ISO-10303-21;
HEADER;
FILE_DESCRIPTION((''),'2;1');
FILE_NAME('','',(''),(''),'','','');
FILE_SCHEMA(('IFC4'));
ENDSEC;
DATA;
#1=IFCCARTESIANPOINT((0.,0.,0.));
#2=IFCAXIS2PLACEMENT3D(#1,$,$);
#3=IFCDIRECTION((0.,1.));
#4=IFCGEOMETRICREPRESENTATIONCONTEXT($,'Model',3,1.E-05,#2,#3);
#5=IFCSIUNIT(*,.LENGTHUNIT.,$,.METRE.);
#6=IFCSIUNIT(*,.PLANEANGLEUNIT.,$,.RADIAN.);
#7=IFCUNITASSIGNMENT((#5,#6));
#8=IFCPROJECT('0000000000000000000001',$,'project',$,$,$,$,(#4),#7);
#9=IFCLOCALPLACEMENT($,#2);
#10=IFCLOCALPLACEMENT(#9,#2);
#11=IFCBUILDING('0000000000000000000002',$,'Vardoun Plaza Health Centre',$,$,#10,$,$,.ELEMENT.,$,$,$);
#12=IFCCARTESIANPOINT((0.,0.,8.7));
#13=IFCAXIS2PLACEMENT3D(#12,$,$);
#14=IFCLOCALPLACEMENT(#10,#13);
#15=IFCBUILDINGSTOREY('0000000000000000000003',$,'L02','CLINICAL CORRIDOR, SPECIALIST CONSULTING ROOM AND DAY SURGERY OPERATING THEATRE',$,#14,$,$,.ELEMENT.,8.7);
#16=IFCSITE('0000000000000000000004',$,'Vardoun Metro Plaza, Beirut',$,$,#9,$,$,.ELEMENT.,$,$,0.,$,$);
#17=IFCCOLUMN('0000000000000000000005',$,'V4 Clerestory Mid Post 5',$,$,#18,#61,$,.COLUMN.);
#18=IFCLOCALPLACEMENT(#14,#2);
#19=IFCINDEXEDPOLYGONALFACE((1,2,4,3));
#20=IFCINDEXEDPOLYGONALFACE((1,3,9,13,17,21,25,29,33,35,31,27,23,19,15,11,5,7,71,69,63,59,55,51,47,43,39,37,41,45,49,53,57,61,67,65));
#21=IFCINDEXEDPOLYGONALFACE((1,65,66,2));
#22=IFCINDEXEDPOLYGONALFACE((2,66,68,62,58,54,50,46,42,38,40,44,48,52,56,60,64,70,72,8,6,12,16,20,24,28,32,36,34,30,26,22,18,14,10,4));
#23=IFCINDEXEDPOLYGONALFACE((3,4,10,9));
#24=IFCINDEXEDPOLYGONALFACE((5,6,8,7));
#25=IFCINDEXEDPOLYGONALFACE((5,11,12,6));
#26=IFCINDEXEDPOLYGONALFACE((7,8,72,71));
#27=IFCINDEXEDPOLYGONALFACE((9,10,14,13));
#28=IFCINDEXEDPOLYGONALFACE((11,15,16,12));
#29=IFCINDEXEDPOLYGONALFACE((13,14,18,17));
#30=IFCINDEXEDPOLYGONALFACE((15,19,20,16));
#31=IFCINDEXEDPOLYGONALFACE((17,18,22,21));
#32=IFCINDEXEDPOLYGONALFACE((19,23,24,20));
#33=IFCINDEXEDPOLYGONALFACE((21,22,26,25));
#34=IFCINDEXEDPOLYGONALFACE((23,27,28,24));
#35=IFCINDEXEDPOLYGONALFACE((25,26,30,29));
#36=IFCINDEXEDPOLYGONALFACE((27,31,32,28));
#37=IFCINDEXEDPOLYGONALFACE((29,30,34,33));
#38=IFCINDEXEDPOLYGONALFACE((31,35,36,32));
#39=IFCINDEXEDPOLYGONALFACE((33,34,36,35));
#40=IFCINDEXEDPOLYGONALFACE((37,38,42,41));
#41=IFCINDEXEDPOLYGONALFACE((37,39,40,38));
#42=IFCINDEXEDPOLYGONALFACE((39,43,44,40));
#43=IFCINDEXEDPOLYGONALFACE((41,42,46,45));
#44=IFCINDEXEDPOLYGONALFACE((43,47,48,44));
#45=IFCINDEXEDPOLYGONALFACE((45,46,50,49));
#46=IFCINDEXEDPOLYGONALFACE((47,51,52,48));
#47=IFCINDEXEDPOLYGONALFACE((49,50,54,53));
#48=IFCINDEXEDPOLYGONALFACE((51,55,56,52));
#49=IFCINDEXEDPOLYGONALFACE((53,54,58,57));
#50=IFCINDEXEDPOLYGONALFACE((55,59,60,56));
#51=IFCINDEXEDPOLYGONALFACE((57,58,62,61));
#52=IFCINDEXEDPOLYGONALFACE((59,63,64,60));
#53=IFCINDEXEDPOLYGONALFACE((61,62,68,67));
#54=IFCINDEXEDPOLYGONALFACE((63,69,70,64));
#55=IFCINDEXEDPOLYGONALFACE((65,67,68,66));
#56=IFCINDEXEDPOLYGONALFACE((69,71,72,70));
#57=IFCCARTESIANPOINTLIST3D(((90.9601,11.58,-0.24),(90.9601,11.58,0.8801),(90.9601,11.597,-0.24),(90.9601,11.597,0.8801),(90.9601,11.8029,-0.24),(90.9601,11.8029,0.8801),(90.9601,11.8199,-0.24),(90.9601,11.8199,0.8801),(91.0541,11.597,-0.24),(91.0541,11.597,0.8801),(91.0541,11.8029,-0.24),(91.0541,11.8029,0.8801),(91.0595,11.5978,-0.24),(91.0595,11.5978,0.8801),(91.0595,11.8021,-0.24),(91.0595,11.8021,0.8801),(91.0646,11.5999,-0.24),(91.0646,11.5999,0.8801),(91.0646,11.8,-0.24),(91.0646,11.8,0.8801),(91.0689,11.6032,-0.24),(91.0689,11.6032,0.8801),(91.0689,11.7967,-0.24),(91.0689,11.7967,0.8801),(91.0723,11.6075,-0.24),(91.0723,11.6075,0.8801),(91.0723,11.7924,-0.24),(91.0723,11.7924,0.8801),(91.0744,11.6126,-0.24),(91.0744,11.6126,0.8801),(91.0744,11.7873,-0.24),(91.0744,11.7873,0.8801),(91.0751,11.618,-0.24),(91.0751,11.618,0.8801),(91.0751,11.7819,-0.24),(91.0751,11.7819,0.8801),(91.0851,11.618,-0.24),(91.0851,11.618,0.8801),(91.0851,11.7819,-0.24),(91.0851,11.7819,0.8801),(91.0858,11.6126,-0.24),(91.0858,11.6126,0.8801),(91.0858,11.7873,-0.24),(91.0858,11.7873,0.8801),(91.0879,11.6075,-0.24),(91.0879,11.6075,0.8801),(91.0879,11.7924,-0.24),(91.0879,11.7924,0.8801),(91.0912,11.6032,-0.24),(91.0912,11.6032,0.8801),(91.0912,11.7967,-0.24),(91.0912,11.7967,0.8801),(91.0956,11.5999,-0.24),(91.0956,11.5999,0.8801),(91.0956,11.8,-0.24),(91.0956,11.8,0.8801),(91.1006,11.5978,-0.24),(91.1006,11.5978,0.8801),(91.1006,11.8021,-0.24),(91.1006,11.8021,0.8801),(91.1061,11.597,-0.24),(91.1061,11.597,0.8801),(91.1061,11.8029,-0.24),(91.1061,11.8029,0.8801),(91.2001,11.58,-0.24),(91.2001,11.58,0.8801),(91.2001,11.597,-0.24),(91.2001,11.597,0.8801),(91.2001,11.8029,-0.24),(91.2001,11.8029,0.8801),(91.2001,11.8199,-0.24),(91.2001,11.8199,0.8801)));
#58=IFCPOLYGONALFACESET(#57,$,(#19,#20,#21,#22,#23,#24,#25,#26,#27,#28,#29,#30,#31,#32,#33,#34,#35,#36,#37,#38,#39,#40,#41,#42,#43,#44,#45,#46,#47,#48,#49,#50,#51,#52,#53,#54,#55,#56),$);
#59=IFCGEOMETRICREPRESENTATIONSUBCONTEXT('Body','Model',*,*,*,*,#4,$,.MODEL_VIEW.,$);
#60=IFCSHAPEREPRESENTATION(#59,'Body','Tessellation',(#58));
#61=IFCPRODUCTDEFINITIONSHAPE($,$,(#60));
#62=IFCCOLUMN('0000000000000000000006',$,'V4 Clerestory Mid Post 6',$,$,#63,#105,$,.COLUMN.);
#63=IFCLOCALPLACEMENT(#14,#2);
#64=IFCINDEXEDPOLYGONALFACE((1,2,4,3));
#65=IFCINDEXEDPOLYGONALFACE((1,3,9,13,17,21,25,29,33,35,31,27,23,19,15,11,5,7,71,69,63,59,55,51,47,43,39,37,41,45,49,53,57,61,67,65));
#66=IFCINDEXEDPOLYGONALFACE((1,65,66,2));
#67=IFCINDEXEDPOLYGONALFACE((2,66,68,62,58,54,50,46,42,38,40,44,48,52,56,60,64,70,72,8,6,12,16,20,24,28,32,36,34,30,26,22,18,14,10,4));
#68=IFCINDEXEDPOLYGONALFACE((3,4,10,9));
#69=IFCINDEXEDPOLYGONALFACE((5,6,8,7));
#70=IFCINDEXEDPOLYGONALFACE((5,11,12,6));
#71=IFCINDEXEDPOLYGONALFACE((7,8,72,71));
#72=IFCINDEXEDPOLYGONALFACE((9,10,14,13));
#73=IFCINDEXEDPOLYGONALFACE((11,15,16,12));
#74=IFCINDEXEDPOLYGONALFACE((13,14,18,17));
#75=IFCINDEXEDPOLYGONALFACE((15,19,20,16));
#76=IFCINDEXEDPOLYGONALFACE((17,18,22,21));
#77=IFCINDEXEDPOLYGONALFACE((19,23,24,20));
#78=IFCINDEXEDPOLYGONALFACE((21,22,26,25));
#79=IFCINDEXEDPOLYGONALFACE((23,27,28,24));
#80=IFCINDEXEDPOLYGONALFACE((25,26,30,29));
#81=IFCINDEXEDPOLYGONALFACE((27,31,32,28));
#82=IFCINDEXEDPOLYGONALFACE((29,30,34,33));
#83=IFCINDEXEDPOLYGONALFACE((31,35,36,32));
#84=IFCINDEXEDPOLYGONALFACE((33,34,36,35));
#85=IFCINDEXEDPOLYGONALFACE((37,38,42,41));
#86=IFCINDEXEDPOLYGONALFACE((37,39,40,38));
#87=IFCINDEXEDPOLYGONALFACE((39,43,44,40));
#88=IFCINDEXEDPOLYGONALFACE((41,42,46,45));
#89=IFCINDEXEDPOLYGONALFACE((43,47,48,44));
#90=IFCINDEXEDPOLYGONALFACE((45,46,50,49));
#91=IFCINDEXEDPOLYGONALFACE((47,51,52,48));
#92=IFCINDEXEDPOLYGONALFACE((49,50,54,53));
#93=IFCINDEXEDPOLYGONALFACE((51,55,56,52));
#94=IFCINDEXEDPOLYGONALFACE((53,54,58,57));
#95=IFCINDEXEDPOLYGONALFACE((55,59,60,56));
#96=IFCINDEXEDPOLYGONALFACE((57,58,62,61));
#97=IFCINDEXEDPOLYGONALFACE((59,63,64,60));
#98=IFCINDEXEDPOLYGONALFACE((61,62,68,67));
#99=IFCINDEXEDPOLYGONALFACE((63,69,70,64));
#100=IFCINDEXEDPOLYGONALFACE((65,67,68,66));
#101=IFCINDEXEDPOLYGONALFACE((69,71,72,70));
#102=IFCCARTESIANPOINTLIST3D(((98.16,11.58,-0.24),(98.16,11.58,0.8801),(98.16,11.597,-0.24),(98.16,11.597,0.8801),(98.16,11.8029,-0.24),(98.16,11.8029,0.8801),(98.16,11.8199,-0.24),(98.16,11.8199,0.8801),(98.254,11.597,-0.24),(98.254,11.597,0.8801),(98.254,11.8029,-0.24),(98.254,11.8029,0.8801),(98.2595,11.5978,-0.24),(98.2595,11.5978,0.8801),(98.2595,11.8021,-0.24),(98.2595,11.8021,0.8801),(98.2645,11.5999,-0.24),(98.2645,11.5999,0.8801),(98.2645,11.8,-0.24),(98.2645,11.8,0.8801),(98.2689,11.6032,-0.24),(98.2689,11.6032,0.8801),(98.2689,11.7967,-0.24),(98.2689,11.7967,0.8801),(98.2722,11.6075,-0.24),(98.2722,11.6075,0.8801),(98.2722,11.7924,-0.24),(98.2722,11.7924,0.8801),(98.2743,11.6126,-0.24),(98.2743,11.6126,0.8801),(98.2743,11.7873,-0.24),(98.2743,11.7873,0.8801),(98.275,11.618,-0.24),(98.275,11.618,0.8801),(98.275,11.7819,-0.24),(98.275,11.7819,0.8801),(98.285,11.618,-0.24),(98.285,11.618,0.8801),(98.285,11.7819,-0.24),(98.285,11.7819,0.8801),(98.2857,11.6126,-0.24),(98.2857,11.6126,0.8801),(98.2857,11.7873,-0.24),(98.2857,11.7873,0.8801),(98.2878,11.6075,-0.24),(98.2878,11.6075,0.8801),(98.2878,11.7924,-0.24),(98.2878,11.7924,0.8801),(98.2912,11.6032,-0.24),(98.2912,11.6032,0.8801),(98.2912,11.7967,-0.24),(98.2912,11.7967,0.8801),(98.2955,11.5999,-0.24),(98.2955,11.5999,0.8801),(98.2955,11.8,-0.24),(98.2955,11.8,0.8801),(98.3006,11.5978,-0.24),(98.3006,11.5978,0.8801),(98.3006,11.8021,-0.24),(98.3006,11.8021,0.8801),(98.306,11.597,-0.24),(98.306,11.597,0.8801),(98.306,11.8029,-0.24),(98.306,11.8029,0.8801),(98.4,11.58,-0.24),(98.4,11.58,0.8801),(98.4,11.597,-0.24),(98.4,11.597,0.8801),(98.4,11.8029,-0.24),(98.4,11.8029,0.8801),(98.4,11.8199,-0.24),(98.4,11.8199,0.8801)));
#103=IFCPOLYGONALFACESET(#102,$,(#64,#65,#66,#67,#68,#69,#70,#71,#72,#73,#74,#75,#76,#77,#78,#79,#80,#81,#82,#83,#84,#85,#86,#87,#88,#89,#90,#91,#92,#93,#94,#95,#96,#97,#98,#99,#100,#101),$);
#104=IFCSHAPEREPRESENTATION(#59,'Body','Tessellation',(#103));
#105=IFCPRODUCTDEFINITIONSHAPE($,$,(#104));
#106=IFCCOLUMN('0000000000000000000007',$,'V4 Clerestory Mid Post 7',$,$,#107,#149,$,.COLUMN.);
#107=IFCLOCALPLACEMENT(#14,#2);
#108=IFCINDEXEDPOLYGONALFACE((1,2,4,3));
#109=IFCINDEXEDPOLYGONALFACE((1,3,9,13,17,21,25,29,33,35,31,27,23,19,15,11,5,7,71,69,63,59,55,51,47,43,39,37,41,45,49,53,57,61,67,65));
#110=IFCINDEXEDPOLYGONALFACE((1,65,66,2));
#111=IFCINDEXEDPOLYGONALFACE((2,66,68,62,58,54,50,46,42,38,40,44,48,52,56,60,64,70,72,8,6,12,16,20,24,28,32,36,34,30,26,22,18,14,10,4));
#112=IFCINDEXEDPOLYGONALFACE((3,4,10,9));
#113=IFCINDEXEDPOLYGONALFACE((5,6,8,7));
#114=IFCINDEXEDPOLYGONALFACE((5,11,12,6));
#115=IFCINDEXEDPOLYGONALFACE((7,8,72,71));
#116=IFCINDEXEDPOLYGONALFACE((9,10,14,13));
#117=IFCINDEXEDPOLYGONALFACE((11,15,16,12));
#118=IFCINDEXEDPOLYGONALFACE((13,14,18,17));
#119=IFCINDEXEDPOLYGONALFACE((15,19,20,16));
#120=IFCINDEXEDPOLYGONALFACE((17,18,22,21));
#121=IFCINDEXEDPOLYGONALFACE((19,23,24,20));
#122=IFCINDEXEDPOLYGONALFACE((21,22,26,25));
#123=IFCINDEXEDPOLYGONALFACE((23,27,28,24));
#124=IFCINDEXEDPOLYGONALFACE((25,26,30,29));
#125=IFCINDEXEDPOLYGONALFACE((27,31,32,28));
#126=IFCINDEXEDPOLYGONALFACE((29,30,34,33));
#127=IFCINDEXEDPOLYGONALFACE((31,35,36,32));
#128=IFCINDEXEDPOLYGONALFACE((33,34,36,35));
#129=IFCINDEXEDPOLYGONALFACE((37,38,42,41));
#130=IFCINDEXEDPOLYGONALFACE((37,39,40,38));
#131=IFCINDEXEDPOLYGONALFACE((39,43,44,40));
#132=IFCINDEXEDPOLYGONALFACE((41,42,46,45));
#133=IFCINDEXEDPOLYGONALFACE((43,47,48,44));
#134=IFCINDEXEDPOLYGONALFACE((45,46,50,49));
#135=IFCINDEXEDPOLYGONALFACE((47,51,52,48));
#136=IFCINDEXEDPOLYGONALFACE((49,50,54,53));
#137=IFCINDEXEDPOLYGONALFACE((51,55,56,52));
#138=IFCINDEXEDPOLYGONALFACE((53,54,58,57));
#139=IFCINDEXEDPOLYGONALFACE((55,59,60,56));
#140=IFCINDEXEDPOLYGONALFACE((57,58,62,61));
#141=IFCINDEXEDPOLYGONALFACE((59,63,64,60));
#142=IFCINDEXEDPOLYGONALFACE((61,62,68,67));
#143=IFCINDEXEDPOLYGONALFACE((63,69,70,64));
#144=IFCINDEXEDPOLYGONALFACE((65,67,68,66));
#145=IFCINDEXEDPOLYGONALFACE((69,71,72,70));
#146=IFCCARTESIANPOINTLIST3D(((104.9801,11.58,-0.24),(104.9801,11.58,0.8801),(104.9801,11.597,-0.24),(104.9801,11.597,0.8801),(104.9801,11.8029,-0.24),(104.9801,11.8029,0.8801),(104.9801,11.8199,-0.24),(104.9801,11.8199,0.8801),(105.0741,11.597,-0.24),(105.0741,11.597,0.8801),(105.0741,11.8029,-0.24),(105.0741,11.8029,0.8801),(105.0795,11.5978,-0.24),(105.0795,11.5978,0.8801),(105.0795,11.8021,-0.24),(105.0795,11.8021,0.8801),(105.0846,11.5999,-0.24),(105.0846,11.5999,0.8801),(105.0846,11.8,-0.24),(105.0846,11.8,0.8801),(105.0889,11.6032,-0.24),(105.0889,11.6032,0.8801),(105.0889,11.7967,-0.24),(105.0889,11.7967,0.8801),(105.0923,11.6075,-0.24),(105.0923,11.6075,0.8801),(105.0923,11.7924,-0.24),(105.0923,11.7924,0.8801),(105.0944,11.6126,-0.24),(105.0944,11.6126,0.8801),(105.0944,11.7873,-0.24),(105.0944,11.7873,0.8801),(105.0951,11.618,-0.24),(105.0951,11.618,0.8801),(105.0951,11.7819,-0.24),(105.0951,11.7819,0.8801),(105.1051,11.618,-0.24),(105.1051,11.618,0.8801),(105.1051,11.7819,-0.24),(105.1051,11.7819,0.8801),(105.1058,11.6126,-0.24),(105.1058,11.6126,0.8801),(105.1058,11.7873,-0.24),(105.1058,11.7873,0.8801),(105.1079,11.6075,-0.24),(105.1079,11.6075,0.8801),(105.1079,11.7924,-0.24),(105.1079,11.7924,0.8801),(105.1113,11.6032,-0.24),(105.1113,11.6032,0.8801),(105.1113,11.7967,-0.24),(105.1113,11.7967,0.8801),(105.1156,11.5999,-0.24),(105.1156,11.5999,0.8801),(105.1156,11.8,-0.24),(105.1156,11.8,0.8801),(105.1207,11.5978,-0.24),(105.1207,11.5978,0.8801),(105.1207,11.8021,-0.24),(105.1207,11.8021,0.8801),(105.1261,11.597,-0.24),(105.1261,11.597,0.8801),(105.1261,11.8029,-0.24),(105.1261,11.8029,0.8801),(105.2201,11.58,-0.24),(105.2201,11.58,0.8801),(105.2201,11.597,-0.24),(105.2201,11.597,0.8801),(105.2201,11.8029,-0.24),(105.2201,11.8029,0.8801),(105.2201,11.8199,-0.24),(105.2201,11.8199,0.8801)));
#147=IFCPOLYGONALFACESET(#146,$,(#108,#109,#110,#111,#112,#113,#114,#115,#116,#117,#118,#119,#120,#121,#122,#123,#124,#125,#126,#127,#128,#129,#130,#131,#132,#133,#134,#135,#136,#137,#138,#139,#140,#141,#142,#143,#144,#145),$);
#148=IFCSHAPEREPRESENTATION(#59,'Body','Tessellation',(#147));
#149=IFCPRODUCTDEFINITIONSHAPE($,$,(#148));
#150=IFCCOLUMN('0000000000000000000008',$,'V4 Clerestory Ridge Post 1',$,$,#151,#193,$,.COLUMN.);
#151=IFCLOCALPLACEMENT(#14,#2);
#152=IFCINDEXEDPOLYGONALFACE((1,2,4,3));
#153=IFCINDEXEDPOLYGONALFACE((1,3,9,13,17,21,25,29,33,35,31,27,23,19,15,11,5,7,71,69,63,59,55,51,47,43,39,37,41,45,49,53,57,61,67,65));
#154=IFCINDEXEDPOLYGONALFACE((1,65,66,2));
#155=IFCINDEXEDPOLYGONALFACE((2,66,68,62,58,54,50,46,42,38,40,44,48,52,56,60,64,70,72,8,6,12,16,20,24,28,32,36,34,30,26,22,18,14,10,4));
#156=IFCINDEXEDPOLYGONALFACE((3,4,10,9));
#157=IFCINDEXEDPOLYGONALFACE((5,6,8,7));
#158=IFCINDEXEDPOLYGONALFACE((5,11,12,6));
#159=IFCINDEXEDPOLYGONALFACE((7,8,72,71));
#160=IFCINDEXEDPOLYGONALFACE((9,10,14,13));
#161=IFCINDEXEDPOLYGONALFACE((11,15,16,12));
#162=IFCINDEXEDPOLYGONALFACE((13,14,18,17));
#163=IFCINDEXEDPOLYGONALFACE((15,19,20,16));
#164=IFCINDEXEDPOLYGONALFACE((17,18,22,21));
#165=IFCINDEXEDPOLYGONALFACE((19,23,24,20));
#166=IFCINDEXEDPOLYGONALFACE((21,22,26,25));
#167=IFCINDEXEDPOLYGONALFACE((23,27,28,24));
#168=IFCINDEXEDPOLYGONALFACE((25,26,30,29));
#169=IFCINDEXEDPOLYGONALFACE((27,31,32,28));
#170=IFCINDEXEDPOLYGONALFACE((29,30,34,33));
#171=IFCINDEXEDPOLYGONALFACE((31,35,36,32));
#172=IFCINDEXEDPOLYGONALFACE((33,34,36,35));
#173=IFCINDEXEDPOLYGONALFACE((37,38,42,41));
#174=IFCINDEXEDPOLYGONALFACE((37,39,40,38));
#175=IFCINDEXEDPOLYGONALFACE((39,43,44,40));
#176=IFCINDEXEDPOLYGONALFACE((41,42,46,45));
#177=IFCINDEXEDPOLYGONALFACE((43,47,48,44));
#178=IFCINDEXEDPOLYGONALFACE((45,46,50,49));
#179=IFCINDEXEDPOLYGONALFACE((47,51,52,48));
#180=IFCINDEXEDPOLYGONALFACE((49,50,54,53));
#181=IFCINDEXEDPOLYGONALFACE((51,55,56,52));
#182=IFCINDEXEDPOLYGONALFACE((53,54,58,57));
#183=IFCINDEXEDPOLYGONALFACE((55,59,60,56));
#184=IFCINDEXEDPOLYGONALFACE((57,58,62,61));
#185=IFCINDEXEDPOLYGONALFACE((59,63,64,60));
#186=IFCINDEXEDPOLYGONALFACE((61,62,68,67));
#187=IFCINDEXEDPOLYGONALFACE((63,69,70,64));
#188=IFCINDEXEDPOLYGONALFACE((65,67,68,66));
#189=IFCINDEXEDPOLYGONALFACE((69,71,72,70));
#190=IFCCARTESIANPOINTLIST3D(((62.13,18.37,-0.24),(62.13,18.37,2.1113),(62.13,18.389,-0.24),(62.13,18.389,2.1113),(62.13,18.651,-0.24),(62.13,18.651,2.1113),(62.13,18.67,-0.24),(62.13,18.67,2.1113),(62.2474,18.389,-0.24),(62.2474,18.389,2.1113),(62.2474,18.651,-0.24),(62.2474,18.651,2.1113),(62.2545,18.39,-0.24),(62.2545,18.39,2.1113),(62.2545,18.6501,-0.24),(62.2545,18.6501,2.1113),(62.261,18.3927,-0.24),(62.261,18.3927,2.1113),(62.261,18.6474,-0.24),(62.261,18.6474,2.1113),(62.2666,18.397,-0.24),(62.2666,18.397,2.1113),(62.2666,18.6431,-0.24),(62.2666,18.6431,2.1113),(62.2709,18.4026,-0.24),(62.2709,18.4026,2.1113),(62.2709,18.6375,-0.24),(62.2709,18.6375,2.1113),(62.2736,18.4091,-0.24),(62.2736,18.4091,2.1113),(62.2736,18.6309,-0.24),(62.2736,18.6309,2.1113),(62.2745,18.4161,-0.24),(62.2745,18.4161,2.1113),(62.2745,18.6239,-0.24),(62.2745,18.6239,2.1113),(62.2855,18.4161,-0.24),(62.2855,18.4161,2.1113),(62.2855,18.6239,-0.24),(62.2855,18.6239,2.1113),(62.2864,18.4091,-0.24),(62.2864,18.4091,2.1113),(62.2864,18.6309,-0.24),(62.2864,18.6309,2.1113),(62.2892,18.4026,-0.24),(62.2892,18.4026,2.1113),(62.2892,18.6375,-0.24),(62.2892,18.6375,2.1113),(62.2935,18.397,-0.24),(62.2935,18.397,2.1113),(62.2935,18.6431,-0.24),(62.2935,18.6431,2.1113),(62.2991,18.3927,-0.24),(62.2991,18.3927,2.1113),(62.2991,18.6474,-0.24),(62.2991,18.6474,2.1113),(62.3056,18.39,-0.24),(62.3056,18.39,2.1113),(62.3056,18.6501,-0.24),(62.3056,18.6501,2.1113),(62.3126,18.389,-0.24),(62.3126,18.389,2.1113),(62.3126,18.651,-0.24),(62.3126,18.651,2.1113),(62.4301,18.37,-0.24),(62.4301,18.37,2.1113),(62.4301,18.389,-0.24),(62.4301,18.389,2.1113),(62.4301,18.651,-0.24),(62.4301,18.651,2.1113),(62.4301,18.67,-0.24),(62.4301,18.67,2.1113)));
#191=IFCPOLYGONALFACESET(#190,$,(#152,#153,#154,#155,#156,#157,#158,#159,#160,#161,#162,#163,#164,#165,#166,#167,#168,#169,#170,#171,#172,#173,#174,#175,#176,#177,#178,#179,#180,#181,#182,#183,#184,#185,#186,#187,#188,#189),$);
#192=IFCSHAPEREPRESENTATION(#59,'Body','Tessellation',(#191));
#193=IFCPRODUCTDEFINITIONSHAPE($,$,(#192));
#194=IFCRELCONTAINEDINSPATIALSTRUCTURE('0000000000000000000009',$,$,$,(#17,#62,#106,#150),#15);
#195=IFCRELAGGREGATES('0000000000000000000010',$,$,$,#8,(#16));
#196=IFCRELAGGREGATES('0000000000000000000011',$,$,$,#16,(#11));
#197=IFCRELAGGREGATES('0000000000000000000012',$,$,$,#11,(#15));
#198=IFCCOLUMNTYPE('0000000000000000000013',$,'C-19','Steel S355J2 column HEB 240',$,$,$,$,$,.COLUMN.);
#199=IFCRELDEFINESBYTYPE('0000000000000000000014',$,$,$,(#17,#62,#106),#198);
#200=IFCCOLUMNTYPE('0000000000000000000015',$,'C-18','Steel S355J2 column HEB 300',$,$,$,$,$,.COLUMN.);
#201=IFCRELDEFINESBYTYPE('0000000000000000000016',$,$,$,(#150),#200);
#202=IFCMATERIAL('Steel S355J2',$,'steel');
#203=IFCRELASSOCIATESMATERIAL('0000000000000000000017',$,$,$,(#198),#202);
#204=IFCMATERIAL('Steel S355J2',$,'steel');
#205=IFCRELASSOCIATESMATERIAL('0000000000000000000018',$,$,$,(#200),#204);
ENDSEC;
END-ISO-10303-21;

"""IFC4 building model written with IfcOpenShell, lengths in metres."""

from ifc_helpers import new_model, si_unit, direction, frame, origin, origin_2d, place, context, subcontext, project, spatial, i_section, extrude, material, material_profile, profile_set, type_object, element, save


model = new_model("IFC4")

# Units and contexts
model_context = context("Model", 3, precision=1e-05, world=origin(), true_north=direction((0.0, 1.0)))
body_context = subcontext(model_context, "Body", "Model", "MODEL_VIEW")
ifc_project = project(units=[si_unit("LENGTHUNIT", "METRE"), si_unit("PLANEANGLEUNIT", "RADIAN")], contexts=[model_context])

# Site, building, storey
site_placement = place(None, origin())
site = spatial("IfcSite", under=ifc_project, at=site_placement, Name="Vardoun Metro Plaza, Beirut", CompositionType="ELEMENT", RefElevation=0.0)
building_placement = place(site_placement, origin())
building = spatial("IfcBuilding", under=site, at=building_placement, Name="Vardoun Plaza Health Centre", CompositionType="ELEMENT")
storey_placement = place(building_placement, frame((0.0, 0.0, 8.7)))
storey = spatial("IfcBuildingStorey", under=building, at=storey_placement, Name="L02", Description="CLINICAL CORRIDOR, SPECIALIST CONSULTING ROOM AND DAY SURGERY OPERATING THEATRE", CompositionType="ELEMENT", Elevation=8.7)

# Columns
ifc_material_1 = material(Name="Steel S355J2", Category="steel")
ifc_material_profile_1 = material_profile(ifc_material_1, i_section(OverallWidth=0.24, OverallDepth=0.24, WebThickness=0.01, FlangeThickness=0.0171, FilletRadius=0.021, at=origin_2d()), Name="HEB 240")
ifc_profile_set_1 = profile_set([ifc_material_profile_1], Name="Steel S355J2")
column_type_1 = type_object("IfcColumnType", Name="C-19", Description="Steel S355J2 column HEB 240", PredefinedType="COLUMN", material=ifc_profile_set_1)
for number, where, z_axis, x_axis, name in (
    (1, (91.0801, 11.7, -0.24), (0.0, 0.0, 1.0), (1.0, 0.0, 0.0), "V4 Clerestory Mid Post 5"),
    (2, (98.28, 11.7, -0.24), (0.0, 0.0, 1.0), (1.0, 0.0, 0.0), "V4 Clerestory Mid Post 6"),
    (3, (105.1001, 11.7, -0.24), (0.0, 0.0, 1.0), (1.0, 0.0, 0.0), "V4 Clerestory Mid Post 7"),
):
    element("IfcColumn", number, at=place(storey_placement, frame(where, z_axis=z_axis, x_axis=x_axis)), inside=storey, type_object=column_type_1, Name=name, PredefinedType="COLUMN", context=body_context, shape_type="SweptSolid", body=[
        extrude(i_section(OverallWidth=0.24, OverallDepth=0.24, WebThickness=0.01, FlangeThickness=0.0171, FilletRadius=0.021, at=origin_2d()), origin(), (0.0, 0.0, 1.0), 1.1201),
    ])
ifc_material_2 = material(Name="Steel S355J2", Category="steel")
ifc_material_profile_2 = material_profile(ifc_material_2, i_section(OverallWidth=0.3, OverallDepth=0.3, WebThickness=0.011, FlangeThickness=0.019, FilletRadius=0.0271, at=origin_2d()), Name="HEB 300")
ifc_profile_set_2 = profile_set([ifc_material_profile_2], Name="Steel S355J2")
column_type_2 = type_object("IfcColumnType", Name="C-18", Description="Steel S355J2 column HEB 300", PredefinedType="COLUMN", material=ifc_profile_set_2)
for number, where, z_axis, x_axis, name in (
    (4, (62.28, 18.52, -0.24), (0.0, 0.0, 1.0), (1.0, 0.0, 0.0), "V4 Clerestory Ridge Post 1"),
):
    element("IfcColumn", number, at=place(storey_placement, frame(where, z_axis=z_axis, x_axis=x_axis)), inside=storey, type_object=column_type_2, Name=name, PredefinedType="COLUMN", context=body_context, shape_type="SweptSolid", body=[
        extrude(i_section(OverallWidth=0.3, OverallDepth=0.3, WebThickness=0.011, FlangeThickness=0.019, FilletRadius=0.0271, at=origin_2d()), origin(), (0.0, 0.0, 1.0), 2.3513),
    ])

save(model, "model.ifc")
